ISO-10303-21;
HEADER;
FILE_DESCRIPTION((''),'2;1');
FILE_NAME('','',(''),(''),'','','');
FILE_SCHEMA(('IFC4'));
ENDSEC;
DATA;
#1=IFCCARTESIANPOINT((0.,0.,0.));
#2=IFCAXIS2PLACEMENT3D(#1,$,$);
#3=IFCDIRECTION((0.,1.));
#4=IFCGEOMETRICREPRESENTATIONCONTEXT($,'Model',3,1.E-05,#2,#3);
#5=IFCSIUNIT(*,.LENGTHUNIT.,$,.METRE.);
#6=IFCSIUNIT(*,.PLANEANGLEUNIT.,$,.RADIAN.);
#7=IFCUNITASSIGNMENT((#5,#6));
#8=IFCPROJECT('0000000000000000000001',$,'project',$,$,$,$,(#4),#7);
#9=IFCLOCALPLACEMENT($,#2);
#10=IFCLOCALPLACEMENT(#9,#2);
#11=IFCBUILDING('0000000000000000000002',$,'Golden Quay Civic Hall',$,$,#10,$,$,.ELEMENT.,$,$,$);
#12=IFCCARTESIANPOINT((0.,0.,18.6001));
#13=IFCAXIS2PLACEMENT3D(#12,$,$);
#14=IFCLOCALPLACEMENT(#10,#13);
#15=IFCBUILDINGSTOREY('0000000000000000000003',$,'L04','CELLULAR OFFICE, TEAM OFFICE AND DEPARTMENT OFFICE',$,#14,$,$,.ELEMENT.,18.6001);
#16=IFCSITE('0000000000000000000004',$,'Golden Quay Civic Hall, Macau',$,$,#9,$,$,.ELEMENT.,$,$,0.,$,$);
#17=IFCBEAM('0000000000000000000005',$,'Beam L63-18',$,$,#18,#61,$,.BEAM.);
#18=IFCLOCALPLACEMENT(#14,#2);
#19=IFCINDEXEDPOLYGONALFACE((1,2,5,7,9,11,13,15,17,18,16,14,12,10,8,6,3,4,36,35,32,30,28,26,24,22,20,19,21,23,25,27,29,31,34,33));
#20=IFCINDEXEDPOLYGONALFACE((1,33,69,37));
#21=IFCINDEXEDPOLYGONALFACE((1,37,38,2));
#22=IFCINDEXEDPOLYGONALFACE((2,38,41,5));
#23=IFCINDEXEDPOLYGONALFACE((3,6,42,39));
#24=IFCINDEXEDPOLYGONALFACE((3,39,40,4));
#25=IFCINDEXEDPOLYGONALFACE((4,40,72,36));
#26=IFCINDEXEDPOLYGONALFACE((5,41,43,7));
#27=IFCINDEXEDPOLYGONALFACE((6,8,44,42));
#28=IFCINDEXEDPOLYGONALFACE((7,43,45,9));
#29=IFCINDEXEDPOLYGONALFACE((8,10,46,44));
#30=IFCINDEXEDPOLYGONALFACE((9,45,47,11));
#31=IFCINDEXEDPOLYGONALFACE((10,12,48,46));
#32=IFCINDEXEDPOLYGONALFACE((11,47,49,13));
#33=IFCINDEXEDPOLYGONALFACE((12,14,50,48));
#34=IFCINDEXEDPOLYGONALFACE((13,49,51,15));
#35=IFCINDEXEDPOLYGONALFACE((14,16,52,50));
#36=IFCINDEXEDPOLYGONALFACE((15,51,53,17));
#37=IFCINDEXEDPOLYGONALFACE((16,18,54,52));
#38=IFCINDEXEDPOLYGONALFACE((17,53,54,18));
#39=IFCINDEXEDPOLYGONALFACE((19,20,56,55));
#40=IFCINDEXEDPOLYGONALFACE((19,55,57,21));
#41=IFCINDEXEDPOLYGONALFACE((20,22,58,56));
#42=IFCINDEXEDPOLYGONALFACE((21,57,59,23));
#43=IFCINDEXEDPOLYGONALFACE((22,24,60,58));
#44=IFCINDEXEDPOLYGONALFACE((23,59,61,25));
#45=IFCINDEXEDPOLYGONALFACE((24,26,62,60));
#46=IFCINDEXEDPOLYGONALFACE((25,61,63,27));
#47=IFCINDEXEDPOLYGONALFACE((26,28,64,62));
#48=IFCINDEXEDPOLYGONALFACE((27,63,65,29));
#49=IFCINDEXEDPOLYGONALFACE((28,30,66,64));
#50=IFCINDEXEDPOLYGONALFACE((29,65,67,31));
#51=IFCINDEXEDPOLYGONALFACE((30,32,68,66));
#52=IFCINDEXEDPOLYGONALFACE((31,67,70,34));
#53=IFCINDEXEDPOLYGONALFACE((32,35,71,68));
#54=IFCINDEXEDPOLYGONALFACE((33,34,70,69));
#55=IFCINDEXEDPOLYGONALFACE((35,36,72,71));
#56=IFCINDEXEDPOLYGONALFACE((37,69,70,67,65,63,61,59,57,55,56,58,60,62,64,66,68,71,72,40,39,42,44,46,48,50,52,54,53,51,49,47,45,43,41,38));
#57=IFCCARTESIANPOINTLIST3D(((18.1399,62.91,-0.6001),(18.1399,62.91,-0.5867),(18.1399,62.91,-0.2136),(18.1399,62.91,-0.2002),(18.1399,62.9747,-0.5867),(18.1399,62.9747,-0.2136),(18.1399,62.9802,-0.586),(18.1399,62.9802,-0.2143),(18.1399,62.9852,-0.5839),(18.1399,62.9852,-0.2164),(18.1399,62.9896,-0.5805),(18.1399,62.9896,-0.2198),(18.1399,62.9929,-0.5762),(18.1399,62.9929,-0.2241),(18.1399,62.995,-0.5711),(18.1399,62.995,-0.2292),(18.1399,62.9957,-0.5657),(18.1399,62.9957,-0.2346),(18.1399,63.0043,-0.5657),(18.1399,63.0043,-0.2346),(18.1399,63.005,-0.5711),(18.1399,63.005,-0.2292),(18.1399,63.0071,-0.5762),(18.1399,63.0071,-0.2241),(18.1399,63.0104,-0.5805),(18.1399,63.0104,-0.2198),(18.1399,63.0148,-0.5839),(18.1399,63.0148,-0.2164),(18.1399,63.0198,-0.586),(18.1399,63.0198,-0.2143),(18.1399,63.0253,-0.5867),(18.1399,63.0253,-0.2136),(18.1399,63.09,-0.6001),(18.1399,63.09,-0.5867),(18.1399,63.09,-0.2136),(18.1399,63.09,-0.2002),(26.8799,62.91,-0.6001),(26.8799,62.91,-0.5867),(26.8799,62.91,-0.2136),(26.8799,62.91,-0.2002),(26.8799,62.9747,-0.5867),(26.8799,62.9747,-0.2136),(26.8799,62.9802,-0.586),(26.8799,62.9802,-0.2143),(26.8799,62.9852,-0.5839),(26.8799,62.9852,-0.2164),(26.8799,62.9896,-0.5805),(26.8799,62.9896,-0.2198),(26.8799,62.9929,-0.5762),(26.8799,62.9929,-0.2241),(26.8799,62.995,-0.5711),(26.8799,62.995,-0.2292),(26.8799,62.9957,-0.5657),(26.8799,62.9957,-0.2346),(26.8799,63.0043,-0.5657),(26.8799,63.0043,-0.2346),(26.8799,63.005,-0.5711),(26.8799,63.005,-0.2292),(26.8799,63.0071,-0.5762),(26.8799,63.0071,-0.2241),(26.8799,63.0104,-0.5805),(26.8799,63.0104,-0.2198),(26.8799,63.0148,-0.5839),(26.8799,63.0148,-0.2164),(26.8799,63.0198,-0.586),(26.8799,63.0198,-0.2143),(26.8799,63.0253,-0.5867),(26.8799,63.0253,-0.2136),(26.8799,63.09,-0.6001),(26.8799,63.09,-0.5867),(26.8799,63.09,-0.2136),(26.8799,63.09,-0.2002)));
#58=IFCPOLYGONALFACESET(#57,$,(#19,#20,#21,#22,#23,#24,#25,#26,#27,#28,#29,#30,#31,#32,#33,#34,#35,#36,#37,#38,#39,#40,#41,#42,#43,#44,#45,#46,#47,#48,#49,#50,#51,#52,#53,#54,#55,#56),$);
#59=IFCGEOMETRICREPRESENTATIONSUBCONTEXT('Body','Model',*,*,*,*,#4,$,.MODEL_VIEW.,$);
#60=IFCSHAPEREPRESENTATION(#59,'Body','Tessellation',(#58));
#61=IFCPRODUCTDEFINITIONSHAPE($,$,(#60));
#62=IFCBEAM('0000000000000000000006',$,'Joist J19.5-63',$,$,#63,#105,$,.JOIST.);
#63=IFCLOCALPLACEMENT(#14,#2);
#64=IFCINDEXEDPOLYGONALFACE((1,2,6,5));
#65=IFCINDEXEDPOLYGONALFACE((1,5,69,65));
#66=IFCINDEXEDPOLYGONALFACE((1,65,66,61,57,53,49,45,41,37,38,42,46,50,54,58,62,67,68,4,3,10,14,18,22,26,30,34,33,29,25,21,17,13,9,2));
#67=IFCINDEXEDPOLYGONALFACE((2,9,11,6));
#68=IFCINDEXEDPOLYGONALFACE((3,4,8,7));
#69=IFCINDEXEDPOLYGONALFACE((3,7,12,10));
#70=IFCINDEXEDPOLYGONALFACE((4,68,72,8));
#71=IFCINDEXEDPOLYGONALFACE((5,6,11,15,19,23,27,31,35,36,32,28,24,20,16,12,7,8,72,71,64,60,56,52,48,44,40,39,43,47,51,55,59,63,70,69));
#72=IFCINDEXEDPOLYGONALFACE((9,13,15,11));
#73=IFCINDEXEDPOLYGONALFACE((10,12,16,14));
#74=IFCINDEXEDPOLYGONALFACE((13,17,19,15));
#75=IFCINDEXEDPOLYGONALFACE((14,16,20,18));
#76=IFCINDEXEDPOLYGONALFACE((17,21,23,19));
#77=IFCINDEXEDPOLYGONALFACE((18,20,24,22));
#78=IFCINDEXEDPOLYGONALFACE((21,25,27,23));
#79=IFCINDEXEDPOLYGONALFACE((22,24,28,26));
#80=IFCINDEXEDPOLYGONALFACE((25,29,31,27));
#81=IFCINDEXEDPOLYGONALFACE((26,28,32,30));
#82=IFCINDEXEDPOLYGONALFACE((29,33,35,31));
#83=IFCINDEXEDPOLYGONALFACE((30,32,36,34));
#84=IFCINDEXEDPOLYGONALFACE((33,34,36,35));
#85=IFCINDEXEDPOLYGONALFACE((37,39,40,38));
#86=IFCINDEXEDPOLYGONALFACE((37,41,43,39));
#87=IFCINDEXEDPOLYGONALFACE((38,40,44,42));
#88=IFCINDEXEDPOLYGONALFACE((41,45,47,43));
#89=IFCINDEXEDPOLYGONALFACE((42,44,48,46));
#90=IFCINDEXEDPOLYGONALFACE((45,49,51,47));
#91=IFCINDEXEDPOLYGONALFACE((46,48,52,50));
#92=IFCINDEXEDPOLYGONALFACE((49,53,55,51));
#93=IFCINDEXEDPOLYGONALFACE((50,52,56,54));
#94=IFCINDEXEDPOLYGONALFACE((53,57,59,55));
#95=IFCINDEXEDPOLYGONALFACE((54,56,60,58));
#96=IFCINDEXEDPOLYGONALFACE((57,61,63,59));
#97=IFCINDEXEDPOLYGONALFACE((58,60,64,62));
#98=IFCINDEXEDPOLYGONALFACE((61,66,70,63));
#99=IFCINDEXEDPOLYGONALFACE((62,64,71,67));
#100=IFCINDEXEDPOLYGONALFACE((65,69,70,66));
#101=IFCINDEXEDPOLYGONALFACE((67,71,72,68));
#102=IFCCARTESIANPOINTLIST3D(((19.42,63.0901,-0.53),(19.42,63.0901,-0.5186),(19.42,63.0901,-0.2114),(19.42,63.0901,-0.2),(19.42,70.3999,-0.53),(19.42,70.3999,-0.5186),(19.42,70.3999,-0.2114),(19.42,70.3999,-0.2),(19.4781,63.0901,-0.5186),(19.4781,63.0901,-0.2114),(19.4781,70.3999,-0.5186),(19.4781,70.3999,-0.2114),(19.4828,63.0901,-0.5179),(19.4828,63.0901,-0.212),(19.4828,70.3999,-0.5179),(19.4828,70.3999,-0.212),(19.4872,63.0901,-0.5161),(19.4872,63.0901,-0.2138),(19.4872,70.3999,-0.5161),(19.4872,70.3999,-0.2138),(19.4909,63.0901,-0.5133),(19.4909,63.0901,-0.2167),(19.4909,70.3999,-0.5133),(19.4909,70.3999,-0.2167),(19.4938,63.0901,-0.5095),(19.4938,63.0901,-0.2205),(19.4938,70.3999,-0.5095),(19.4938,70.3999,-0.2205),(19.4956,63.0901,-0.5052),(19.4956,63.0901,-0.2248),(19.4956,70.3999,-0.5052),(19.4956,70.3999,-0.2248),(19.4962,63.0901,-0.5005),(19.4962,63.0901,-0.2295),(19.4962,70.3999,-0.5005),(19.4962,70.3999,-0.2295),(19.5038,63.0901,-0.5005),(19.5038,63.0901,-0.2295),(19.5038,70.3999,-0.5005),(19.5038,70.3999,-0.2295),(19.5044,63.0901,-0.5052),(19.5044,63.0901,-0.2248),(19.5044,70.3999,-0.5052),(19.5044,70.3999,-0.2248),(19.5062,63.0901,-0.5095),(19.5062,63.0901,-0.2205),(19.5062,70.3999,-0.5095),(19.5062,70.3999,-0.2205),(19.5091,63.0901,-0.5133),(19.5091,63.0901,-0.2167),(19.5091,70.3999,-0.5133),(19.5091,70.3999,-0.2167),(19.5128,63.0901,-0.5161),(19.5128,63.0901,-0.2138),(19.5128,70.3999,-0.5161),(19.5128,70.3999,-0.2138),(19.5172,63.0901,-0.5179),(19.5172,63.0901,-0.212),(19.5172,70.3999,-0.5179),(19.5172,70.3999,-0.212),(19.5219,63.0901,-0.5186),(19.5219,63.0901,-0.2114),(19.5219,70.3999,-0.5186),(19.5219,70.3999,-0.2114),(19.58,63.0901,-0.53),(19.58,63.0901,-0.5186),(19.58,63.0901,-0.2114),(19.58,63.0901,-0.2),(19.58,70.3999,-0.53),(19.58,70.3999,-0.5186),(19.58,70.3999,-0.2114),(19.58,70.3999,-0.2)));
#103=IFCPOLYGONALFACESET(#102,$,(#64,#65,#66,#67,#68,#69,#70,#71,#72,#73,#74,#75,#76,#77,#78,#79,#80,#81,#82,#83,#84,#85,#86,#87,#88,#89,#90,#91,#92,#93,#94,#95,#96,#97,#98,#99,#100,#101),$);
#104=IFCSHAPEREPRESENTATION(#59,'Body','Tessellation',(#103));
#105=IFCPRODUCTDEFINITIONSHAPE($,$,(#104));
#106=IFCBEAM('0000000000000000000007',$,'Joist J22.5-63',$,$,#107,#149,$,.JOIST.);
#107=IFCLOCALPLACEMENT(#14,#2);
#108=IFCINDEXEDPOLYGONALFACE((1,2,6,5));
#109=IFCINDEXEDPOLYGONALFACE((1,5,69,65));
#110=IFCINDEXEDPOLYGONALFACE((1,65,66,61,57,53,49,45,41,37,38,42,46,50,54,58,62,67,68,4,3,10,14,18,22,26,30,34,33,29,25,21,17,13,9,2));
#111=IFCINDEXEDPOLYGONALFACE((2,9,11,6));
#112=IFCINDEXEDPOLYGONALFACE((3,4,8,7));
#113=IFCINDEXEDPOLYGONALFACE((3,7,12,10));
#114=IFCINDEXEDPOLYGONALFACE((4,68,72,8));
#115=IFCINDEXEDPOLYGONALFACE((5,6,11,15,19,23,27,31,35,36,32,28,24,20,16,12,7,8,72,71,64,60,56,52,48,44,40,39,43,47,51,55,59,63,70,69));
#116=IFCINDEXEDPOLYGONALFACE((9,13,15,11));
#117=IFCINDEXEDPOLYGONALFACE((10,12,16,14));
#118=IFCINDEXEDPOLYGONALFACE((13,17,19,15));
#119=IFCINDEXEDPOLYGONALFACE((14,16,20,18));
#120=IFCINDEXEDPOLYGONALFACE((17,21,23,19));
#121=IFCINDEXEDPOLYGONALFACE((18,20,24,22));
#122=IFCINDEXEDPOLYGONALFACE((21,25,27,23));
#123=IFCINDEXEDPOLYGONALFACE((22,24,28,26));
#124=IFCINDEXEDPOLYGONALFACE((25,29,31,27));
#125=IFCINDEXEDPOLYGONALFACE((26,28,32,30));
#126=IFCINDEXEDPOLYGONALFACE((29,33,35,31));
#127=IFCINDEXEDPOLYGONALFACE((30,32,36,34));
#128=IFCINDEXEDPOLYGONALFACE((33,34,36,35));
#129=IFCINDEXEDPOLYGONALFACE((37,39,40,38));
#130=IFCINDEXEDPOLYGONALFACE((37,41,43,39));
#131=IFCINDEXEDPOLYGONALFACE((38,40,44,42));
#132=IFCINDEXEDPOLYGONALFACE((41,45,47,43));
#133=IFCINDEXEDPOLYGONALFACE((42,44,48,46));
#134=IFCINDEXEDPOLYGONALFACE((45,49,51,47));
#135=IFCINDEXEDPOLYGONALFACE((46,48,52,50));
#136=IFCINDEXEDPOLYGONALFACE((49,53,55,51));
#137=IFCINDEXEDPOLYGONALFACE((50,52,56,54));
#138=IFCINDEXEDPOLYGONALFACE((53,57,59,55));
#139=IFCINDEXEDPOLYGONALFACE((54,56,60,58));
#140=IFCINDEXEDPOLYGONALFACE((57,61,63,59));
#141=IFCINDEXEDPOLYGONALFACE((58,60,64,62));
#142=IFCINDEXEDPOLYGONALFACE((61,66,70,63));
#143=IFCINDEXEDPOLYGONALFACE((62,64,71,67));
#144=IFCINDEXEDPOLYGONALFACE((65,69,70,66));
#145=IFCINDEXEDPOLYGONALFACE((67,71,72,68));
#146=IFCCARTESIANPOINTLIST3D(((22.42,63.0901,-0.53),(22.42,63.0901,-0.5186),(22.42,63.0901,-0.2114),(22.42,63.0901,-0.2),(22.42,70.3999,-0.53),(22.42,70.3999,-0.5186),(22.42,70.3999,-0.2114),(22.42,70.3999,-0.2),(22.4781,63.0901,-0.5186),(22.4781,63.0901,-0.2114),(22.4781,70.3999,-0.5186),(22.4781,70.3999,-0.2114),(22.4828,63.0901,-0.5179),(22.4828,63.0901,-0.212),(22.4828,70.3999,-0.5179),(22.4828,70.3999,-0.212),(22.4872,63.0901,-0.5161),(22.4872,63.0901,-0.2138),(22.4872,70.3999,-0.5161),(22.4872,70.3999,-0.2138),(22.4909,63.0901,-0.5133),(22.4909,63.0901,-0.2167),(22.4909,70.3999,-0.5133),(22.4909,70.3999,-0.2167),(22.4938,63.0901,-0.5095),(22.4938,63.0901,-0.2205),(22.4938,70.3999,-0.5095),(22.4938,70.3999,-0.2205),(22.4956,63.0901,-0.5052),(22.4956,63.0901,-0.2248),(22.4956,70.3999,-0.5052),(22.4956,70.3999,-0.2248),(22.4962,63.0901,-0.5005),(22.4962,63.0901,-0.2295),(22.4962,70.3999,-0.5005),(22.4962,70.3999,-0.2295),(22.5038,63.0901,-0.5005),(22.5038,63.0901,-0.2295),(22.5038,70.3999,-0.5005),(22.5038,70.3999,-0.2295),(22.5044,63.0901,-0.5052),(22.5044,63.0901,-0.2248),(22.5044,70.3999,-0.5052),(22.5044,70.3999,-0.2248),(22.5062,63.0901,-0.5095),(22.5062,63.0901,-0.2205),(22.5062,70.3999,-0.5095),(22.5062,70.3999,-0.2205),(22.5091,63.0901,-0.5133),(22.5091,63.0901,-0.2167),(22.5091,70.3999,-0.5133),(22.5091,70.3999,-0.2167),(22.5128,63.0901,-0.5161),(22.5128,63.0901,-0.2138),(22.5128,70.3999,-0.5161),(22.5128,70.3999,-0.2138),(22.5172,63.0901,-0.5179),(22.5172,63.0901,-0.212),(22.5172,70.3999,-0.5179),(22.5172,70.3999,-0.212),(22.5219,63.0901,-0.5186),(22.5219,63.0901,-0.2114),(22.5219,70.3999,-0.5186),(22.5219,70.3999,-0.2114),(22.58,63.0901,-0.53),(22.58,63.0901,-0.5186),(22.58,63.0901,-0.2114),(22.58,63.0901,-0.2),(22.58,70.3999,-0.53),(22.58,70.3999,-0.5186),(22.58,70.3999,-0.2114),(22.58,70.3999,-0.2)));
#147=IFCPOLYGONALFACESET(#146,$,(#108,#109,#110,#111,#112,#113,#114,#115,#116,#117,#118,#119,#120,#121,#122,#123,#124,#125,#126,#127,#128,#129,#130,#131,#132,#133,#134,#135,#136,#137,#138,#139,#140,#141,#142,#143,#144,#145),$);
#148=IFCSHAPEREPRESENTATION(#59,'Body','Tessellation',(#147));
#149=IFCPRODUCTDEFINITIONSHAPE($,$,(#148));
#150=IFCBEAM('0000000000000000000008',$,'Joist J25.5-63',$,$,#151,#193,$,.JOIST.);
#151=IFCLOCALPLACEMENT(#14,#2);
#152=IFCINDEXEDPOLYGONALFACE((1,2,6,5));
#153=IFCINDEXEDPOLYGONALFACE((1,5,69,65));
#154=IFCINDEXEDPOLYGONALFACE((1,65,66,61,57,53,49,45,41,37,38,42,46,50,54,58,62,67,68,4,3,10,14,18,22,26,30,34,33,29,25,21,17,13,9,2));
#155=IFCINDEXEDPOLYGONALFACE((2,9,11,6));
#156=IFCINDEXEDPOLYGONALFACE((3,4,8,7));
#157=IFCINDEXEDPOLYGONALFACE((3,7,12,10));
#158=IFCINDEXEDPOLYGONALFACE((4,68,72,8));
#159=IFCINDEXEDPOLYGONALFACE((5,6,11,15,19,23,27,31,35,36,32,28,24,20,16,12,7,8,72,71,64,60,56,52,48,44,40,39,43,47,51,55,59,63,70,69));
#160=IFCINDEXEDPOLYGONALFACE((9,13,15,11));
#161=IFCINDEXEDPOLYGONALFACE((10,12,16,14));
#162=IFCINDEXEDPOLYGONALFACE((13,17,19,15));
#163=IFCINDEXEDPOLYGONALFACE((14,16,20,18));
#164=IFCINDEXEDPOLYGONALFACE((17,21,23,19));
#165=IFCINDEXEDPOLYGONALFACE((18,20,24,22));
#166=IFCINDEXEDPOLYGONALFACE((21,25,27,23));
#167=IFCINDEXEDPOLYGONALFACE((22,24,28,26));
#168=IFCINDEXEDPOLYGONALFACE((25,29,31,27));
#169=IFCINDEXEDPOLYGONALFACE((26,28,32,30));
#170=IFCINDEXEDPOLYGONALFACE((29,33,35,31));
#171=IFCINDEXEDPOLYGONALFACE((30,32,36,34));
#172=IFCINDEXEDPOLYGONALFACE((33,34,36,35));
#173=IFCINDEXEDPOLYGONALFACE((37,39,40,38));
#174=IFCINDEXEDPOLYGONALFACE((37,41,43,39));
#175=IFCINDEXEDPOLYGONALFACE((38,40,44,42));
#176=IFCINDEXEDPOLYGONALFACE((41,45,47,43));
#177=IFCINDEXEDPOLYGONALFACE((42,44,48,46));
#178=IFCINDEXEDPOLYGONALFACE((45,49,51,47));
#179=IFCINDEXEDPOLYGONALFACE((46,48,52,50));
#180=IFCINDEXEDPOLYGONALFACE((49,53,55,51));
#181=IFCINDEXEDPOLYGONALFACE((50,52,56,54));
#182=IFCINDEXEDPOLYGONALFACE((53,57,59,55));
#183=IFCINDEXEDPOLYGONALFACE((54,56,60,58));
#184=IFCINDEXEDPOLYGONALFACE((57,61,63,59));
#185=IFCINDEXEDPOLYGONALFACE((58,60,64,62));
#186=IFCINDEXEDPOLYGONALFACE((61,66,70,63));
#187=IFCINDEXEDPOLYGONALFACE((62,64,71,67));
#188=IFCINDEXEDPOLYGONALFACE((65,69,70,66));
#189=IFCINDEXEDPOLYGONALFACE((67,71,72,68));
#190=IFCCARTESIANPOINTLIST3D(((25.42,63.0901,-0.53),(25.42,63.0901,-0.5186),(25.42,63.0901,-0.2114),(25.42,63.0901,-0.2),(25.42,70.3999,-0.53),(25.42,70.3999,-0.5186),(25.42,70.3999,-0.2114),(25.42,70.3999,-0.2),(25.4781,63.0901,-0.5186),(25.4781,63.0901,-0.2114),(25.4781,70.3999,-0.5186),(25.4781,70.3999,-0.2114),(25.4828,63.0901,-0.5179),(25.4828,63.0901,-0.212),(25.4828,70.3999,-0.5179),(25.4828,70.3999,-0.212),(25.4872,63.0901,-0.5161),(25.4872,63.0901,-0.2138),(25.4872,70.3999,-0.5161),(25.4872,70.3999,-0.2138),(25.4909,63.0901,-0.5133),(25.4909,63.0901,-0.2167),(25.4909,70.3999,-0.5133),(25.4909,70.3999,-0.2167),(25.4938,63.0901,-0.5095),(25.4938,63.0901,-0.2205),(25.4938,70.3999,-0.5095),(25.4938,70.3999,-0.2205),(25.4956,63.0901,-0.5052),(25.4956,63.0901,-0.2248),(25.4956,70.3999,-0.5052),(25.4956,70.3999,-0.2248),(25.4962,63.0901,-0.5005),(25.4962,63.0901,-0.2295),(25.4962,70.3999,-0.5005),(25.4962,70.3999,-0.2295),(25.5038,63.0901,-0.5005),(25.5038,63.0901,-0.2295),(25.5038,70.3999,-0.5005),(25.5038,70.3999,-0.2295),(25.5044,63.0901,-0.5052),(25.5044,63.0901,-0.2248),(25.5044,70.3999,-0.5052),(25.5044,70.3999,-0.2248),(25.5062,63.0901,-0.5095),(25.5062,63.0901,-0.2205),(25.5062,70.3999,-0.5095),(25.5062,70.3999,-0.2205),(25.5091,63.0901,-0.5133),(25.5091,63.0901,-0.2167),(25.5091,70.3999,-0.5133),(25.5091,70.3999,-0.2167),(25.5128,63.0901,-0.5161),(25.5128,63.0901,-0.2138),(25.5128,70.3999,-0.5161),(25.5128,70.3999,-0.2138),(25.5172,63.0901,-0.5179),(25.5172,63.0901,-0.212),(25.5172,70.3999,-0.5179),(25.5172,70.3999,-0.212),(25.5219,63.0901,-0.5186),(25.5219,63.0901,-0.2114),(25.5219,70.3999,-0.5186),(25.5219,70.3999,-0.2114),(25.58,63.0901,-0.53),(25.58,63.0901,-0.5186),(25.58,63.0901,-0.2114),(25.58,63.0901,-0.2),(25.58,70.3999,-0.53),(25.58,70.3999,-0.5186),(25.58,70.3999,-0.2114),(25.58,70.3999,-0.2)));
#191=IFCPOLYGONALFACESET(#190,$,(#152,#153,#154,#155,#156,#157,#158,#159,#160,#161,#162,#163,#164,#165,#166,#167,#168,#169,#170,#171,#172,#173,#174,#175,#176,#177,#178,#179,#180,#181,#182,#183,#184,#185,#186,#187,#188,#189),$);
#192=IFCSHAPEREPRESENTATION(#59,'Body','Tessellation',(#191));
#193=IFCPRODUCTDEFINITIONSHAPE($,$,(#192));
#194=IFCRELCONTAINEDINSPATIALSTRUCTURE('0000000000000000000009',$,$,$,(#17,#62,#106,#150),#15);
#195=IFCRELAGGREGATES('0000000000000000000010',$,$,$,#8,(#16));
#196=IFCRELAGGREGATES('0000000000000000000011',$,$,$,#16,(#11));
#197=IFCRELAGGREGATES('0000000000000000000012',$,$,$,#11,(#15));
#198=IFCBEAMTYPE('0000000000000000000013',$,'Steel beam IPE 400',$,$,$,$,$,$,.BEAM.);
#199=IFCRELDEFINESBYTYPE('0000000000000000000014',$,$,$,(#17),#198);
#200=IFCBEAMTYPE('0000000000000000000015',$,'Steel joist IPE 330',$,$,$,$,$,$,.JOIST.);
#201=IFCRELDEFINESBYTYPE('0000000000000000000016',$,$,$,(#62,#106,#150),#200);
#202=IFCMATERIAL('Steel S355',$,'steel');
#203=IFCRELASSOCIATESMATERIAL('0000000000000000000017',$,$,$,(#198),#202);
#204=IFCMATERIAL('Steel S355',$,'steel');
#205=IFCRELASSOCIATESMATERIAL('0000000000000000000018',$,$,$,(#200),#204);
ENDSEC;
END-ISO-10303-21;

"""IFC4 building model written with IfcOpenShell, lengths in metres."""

from ifc_helpers import new_model, si_unit, direction, frame, origin, origin_2d, place, context, subcontext, project, spatial, i_section, extrude, material, material_profile, profile_set, type_object, element, save


model = new_model("IFC4")

# Units and contexts
model_context = context("Model", 3, precision=1e-05, world=origin(), true_north=direction((0.0, 1.0)))
body_context = subcontext(model_context, "Body", "Model", "MODEL_VIEW")
ifc_project = project(units=[si_unit("LENGTHUNIT", "METRE"), si_unit("PLANEANGLEUNIT", "RADIAN")], contexts=[model_context])

# Site, building, storey
site_placement = place(None, origin())
site = spatial("IfcSite", under=ifc_project, at=site_placement, Name="Golden Quay Civic Hall, Macau", CompositionType="ELEMENT", RefElevation=0.0)
building_placement = place(site_placement, origin())
building = spatial("IfcBuilding", under=site, at=building_placement, Name="Golden Quay Civic Hall", CompositionType="ELEMENT")
storey_placement = place(building_placement, frame((0.0, 0.0, 18.6001)))
storey = spatial("IfcBuildingStorey", under=building, at=storey_placement, Name="L04", Description="CELLULAR OFFICE, TEAM OFFICE AND DEPARTMENT OFFICE", CompositionType="ELEMENT", Elevation=18.6001)

# Beams
ifc_material_1 = material(Name="Steel S355", Category="steel")
ifc_material_profile_1 = material_profile(ifc_material_1, i_section(OverallWidth=0.1799, OverallDepth=0.3999, WebThickness=0.0085, FlangeThickness=0.0134, FilletRadius=0.021, at=origin_2d()), Name="IPE 400")
ifc_profile_set_1 = profile_set([ifc_material_profile_1], Name="Steel S355")
beam_type_1 = type_object("IfcBeamType", Name="Steel beam IPE 400", PredefinedType="BEAM", material=ifc_profile_set_1)
beam_1_placement = place(storey_placement, frame((18.1399, 63.0, -0.4001), z_axis=(1.0, 0.0, 0.0), x_axis=(0.0, 1.0, 0.0)))
element("IfcBeam", 1, at=beam_1_placement, inside=storey, type_object=beam_type_1, Name="Beam L63-18", PredefinedType="BEAM", context=body_context, shape_type="SweptSolid", body=[
    extrude(i_section(OverallWidth=0.1799, OverallDepth=0.3999, WebThickness=0.0085, FlangeThickness=0.0134, FilletRadius=0.021, at=origin_2d()), origin(), (0.0, 0.0, 1.0), 8.74),
])
ifc_material_2 = material(Name="Steel S355", Category="steel")
ifc_material_profile_2 = material_profile(ifc_material_2, i_section(OverallWidth=0.1599, OverallDepth=0.3301, WebThickness=0.0076, FlangeThickness=0.0115, FilletRadius=0.0181, at=origin_2d()), Name="IPE 330")
ifc_profile_set_2 = profile_set([ifc_material_profile_2], Name="Steel S355")
beam_type_2 = type_object("IfcBeamType", Name="Steel joist IPE 330", PredefinedType="JOIST", material=ifc_profile_set_2)
for number, where, z_axis, x_axis, name in (
    (2, (19.5, 63.0901, -0.365), (0.0, 1.0, 0.0), (-1.0, 0.0, 0.0), "Joist J19.5-63"),
    (3, (22.5, 63.0901, -0.365), (0.0, 1.0, 0.0), (-1.0, 0.0, 0.0), "Joist J22.5-63"),
    (4, (25.5, 63.0901, -0.365), (0.0, 1.0, 0.0), (-1.0, 0.0, 0.0), "Joist J25.5-63"),
):
    element("IfcBeam", number, at=place(storey_placement, frame(where, z_axis=z_axis, x_axis=x_axis)), inside=storey, type_object=beam_type_2, Name=name, PredefinedType="JOIST", context=body_context, shape_type="SweptSolid", body=[
        extrude(i_section(OverallWidth=0.1599, OverallDepth=0.3301, WebThickness=0.0076, FlangeThickness=0.0115, FilletRadius=0.0181, at=origin_2d()), origin(), (0.0, 0.0, 1.0), 7.3098),
    ])

save(model, "model.ifc")
